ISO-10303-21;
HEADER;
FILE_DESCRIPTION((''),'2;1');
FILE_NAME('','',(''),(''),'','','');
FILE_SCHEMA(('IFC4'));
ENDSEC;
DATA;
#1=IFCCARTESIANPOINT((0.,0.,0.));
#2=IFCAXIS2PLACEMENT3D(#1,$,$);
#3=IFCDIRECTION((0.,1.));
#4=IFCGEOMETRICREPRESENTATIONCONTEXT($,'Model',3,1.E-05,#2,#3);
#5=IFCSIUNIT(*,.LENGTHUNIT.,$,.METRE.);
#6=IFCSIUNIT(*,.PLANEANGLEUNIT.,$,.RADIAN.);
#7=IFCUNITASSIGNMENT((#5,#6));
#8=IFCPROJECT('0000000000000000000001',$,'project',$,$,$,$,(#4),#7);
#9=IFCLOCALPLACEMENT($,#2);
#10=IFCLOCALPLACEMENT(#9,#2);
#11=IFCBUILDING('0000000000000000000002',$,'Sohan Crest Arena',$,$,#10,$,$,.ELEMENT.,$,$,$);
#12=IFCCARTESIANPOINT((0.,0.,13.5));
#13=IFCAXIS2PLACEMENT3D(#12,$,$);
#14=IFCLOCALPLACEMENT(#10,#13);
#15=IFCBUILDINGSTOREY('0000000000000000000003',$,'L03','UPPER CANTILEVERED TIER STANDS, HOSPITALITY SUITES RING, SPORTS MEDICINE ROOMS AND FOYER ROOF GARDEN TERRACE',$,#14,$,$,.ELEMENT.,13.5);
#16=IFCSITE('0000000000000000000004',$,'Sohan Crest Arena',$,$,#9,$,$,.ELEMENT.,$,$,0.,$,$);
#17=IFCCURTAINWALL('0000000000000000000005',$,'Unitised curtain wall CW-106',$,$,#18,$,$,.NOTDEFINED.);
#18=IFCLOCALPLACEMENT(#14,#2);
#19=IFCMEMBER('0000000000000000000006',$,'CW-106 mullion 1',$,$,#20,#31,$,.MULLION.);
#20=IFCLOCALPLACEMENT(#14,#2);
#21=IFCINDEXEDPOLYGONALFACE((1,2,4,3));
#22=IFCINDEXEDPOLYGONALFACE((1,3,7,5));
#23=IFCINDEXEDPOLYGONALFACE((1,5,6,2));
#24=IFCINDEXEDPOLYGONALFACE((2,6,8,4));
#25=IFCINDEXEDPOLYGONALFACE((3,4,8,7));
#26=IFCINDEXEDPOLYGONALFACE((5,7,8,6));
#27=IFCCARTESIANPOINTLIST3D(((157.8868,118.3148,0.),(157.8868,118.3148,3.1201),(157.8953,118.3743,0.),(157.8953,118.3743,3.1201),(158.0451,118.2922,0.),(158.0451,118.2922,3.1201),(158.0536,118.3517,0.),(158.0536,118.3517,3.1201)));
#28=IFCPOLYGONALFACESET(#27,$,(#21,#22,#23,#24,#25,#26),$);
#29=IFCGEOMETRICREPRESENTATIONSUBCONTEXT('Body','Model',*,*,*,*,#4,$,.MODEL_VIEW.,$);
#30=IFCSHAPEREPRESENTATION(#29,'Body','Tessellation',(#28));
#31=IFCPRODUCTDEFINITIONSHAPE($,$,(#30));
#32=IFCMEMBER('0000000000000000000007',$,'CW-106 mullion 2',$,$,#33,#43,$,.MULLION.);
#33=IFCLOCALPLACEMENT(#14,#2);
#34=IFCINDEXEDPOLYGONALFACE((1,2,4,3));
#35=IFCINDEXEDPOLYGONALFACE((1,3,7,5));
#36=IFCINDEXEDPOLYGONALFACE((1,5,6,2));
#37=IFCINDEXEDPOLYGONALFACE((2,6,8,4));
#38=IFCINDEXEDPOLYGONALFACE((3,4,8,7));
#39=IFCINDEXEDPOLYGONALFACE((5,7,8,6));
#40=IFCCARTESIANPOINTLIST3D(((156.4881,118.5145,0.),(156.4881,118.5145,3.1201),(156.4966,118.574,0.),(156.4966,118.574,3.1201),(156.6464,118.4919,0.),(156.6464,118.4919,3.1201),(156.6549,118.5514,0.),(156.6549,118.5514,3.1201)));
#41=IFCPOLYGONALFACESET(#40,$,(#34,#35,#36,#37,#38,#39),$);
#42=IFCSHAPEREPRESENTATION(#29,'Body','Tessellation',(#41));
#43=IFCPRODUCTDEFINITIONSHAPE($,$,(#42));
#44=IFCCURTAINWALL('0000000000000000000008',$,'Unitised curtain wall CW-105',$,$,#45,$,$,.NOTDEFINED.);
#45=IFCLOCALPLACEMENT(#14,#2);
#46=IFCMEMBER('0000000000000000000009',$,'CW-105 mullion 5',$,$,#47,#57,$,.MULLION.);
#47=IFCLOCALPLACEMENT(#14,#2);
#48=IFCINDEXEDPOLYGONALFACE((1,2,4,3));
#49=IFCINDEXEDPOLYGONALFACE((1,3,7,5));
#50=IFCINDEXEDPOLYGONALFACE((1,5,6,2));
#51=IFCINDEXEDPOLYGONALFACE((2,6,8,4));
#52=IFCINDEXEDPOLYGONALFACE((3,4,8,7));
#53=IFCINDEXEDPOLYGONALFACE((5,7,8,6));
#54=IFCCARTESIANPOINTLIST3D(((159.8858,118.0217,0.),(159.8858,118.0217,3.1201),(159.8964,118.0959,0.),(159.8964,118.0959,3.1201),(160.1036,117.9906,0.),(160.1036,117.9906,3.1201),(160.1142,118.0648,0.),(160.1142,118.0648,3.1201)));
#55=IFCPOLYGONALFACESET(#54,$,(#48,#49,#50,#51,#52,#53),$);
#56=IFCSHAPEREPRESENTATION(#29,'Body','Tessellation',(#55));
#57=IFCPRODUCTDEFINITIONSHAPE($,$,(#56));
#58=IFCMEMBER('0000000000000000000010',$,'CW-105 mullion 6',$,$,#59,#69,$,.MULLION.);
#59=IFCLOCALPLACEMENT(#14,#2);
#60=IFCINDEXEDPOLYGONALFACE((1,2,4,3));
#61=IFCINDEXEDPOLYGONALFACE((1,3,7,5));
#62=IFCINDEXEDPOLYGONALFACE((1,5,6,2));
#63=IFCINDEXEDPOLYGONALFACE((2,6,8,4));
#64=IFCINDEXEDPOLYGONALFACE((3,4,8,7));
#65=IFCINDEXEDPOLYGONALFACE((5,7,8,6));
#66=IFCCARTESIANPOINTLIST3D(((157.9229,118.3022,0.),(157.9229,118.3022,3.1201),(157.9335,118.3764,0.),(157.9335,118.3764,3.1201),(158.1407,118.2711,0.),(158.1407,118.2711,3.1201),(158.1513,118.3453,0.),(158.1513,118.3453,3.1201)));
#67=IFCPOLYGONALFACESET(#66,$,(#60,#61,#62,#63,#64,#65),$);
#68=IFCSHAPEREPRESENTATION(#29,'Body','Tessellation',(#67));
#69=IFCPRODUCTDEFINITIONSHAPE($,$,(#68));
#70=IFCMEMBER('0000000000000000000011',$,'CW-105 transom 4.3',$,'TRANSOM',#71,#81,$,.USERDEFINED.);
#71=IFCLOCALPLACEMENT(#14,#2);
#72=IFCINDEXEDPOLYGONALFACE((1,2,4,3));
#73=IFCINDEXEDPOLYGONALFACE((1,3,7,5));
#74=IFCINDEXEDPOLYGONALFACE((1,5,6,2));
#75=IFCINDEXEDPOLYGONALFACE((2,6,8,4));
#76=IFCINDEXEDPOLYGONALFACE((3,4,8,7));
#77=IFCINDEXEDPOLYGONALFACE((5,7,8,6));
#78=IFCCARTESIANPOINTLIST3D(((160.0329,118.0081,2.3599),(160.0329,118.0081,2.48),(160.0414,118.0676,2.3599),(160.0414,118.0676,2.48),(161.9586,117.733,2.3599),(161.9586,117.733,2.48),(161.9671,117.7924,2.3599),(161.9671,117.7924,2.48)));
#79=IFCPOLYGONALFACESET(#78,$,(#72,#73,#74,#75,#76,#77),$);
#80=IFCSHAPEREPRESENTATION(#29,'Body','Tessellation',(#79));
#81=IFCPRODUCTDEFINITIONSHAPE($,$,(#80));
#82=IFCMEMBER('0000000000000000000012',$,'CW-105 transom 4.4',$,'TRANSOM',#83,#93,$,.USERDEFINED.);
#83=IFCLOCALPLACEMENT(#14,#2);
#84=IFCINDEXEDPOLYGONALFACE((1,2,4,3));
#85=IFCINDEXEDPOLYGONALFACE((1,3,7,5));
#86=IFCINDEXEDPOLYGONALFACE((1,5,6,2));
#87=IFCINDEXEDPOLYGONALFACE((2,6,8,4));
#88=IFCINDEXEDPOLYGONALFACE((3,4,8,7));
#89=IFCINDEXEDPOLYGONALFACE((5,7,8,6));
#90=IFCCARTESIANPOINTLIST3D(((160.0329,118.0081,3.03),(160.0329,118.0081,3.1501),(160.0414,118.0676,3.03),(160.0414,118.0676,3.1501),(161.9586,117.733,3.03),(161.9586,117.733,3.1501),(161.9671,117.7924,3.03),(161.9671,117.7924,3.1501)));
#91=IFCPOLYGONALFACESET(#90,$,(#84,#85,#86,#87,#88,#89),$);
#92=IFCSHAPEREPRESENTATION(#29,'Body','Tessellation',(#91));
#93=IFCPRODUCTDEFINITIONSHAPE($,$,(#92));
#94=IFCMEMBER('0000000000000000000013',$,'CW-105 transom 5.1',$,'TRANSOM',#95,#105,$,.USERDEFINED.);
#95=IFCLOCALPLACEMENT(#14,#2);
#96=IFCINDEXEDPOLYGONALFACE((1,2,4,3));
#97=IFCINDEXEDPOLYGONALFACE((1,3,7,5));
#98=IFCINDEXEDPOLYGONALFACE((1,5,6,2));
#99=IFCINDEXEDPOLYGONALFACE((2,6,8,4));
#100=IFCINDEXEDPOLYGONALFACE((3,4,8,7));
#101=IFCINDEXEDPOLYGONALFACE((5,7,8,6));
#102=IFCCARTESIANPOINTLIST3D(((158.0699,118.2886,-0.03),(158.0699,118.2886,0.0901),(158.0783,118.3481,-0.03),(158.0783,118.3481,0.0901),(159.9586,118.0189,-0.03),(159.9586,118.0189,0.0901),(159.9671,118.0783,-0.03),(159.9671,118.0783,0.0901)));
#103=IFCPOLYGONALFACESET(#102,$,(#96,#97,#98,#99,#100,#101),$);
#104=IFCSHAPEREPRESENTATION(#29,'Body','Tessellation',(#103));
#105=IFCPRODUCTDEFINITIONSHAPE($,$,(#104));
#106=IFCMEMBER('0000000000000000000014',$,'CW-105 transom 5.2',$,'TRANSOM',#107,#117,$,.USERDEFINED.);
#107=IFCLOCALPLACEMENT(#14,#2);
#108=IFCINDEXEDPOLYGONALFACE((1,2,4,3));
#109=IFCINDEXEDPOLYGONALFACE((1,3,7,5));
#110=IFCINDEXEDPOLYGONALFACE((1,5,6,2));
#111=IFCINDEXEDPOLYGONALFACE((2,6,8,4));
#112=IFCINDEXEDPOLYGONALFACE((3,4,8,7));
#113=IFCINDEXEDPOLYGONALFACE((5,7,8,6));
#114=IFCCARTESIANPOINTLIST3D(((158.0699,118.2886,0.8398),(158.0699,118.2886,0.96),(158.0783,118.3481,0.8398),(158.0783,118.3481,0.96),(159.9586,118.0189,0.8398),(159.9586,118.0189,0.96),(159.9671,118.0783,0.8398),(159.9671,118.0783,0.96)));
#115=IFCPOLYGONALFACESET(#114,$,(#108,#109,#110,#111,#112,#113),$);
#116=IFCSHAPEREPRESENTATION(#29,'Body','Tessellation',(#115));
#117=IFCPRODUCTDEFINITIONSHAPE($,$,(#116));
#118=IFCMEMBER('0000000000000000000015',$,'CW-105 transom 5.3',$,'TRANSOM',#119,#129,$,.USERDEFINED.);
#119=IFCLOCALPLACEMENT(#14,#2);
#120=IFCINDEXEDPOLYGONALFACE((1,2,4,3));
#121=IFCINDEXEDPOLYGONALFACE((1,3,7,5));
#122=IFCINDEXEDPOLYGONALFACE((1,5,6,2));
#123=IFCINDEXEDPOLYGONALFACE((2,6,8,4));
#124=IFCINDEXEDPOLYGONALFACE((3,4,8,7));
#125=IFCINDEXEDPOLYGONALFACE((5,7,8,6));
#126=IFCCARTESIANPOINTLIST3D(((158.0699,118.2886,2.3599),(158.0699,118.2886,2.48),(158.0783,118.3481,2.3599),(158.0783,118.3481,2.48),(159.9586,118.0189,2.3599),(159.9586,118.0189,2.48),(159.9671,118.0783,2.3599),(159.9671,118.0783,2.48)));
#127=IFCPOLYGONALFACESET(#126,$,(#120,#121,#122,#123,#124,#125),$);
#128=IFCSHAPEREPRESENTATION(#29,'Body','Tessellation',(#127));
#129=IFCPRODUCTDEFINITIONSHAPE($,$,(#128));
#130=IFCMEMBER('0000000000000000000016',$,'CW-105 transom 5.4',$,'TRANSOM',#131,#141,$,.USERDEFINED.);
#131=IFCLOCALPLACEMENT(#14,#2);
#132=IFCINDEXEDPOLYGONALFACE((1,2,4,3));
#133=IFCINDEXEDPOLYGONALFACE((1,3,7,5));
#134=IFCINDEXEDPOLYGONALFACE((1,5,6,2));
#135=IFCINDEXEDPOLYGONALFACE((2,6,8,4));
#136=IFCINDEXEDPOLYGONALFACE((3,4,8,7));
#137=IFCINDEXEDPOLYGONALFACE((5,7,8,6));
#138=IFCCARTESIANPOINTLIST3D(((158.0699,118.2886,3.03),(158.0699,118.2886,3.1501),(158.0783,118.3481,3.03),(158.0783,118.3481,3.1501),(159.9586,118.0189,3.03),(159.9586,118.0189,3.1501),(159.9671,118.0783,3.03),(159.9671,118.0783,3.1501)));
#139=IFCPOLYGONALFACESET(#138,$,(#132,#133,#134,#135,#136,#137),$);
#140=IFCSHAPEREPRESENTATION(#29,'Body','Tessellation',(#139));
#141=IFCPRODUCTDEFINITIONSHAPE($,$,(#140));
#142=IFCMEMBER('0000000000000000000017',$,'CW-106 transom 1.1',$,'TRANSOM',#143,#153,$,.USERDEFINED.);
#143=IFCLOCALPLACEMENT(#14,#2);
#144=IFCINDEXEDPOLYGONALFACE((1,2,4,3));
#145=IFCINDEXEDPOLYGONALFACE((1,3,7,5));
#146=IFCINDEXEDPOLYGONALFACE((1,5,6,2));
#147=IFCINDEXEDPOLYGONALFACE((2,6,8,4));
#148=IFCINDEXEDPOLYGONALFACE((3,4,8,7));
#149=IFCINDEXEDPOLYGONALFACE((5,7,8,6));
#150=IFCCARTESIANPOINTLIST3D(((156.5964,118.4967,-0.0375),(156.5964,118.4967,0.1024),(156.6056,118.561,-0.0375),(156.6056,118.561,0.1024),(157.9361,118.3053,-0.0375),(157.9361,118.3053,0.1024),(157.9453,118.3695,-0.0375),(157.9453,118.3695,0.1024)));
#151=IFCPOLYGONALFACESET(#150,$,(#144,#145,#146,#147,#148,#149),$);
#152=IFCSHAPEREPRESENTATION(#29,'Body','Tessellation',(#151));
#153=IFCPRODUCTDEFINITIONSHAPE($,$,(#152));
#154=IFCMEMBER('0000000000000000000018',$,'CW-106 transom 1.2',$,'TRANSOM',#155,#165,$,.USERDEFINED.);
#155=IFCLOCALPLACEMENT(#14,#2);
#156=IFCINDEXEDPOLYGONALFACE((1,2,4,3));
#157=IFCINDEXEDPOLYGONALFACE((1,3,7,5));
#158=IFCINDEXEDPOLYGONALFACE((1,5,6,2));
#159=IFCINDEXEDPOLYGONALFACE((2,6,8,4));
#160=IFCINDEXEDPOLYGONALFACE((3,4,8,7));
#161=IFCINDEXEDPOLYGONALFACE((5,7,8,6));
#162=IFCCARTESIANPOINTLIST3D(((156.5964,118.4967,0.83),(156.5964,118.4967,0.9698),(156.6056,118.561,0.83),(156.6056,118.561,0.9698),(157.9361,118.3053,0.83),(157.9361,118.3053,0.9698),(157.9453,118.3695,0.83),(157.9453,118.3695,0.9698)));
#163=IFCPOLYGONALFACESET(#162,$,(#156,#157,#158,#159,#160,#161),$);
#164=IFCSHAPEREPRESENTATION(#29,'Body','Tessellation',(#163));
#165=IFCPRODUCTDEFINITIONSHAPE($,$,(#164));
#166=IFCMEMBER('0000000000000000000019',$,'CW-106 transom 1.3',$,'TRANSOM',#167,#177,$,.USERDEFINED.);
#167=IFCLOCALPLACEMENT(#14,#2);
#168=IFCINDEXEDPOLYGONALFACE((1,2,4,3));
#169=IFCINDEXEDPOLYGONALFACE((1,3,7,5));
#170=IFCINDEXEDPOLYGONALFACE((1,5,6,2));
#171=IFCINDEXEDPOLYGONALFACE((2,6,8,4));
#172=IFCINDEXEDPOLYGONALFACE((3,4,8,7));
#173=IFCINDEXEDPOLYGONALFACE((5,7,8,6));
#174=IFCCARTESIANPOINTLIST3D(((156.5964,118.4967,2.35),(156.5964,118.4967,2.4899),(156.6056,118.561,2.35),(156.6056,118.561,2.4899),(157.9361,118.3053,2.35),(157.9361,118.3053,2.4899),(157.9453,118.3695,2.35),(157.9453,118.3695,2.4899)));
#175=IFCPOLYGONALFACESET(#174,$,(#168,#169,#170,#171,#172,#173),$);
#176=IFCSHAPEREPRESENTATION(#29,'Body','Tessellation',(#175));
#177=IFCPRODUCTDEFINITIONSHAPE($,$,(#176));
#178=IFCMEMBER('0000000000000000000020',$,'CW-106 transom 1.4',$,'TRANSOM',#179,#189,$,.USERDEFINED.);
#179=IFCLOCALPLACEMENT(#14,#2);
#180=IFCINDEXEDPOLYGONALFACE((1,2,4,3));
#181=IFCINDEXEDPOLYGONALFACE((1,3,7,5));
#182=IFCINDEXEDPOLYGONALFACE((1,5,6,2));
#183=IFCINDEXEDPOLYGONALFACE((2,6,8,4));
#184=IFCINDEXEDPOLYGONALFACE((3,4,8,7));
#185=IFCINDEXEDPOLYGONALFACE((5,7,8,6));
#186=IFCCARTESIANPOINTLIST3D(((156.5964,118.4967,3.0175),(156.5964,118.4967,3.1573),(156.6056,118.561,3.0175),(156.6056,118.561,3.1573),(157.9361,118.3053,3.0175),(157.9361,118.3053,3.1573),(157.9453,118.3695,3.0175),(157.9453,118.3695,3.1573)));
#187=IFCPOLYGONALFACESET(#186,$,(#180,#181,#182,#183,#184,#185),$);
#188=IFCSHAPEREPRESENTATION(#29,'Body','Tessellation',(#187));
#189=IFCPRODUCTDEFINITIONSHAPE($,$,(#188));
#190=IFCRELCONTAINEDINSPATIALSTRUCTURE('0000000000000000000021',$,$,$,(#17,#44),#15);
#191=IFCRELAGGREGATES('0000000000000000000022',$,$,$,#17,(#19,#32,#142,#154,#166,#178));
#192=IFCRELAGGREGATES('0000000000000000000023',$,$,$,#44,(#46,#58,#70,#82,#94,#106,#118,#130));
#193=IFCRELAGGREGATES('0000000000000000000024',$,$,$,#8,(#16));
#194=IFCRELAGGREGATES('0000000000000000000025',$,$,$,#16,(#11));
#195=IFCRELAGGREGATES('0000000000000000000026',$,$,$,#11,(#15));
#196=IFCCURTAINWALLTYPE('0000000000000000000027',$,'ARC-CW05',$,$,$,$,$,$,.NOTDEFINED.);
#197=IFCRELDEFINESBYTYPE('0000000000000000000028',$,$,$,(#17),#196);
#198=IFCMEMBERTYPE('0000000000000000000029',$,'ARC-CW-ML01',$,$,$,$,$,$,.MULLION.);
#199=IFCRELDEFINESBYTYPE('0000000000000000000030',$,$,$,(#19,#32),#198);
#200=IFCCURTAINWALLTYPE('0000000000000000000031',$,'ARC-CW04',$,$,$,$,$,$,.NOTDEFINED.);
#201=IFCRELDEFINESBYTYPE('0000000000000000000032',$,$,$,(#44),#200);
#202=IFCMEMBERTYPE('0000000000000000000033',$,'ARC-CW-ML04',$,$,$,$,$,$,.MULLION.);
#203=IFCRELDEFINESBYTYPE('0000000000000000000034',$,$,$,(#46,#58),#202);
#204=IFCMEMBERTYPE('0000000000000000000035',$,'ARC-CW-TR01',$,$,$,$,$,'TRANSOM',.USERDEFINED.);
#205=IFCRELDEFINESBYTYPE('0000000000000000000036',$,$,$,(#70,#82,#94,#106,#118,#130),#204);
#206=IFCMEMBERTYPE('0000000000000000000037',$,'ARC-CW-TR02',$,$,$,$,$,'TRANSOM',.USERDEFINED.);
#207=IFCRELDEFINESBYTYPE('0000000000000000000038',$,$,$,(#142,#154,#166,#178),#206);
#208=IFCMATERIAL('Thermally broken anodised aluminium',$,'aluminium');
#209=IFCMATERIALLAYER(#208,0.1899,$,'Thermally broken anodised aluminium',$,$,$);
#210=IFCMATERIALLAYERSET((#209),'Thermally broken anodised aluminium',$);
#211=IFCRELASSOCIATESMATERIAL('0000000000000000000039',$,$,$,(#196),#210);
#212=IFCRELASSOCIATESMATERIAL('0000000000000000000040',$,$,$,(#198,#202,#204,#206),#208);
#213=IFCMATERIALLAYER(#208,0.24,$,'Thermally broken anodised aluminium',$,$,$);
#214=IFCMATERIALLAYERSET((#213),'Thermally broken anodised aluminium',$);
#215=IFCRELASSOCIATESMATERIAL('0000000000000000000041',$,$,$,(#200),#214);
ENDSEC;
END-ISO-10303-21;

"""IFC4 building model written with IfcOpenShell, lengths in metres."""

from ifc_helpers import new_model, si_unit, direction, frame, origin, origin_2d, place, context, subcontext, project, spatial, rectangle, extrude, material, layer, layer_set, material_profile, profile_set, type_object, element, aggregate, save


model = new_model("IFC4")

# Units and contexts
model_context = context("Model", 3, precision=1e-05, world=origin(), true_north=direction((0.0, 1.0)))
body_context = subcontext(model_context, "Body", "Model", "MODEL_VIEW")
ifc_project = project(units=[si_unit("LENGTHUNIT", "METRE"), si_unit("PLANEANGLEUNIT", "RADIAN")], contexts=[model_context])

# Site, building, storey
site_placement = place(None, origin())
site = spatial("IfcSite", under=ifc_project, at=site_placement, Name="Sohan Crest Arena", CompositionType="ELEMENT", RefElevation=0.0)
building_placement = place(site_placement, origin())
building = spatial("IfcBuilding", under=site, at=building_placement, Name="Sohan Crest Arena", CompositionType="ELEMENT")
storey_placement = place(building_placement, frame((0.0, 0.0, 13.5)))
storey = spatial("IfcBuildingStorey", under=building, at=storey_placement, Name="L03", Description="UPPER CANTILEVERED TIER STANDS, HOSPITALITY SUITES RING, SPORTS MEDICINE ROOMS AND FOYER ROOF GARDEN TERRACE", CompositionType="ELEMENT", Elevation=13.5)

# Curtain walls, members
ifc_material_1 = material(Name="Thermally broken anodised aluminium", Category="aluminium")
ifc_layer_1 = layer(ifc_material_1, 0.1899, Name="Thermally broken anodised aluminium")
ifc_layer_set_1 = layer_set([ifc_layer_1], Name="Thermally broken anodised aluminium")
curtain_wall_type_1 = type_object("IfcCurtainWallType", Name="ARC-CW05", PredefinedType="NOTDEFINED", material=ifc_layer_set_1)
curtain_wall_1_placement = place(storey_placement, origin())
curtain_wall_1 = element("IfcCurtainWall", 1, at=curtain_wall_1_placement, inside=storey, type_object=curtain_wall_type_1, Name="Unitised curtain wall CW-106", PredefinedType="NOTDEFINED")
ifc_material_profile_1 = material_profile(ifc_material_1, rectangle(XDim=0.0601, YDim=0.1599, at=origin_2d()), Name="ALU-MULL 60x160")
ifc_profile_set_1 = profile_set([ifc_material_profile_1], Name="Thermally broken anodised aluminium")
member_type_1 = type_object("IfcMemberType", Name="ARC-CW-ML01", PredefinedType="MULLION", material=ifc_profile_set_1)
member_1_placement = place(storey_placement, frame((157.9702, 118.3333, 0.0), z_axis=(0.0, 0.0, 1.0), x_axis=(-0.141366, -0.989957, 0.0)))
member_1 = element("IfcMember", 2, at=member_1_placement, type_object=member_type_1, Name="CW-106 mullion 1", PredefinedType="MULLION", context=body_context, shape_type="SweptSolid", body=[
    extrude(rectangle(XDim=0.0601, YDim=0.1599, at=origin_2d()), origin(), (0.0, 0.0, 1.0), 3.1201),
])
member_2_placement = place(storey_placement, frame((156.5715, 118.533, 0.0), z_axis=(0.0, 0.0, 1.0), x_axis=(-0.141366, -0.989957, 0.0)))
member_2 = element("IfcMember", 3, at=member_2_placement, type_object=member_type_1, Name="CW-106 mullion 2", PredefinedType="MULLION", context=body_context, shape_type="SweptSolid", body=[
    extrude(rectangle(XDim=0.0601, YDim=0.1599, at=origin_2d()), origin(), (0.0, 0.0, 1.0), 3.1201),
])
ifc_layer_2 = layer(ifc_material_1, 0.24, Name="Thermally broken anodised aluminium")
ifc_layer_set_2 = layer_set([ifc_layer_2], Name="Thermally broken anodised aluminium")
curtain_wall_type_2 = type_object("IfcCurtainWallType", Name="ARC-CW04", PredefinedType="NOTDEFINED", material=ifc_layer_set_2)
curtain_wall_2_placement = place(storey_placement, origin())
curtain_wall_2 = element("IfcCurtainWall", 4, at=curtain_wall_2_placement, inside=storey, type_object=curtain_wall_type_2, Name="Unitised curtain wall CW-105", PredefinedType="NOTDEFINED")
ifc_material_profile_2 = material_profile(ifc_material_1, rectangle(XDim=0.075, YDim=0.22, at=origin_2d()), Name="ALU-MULL 75x220")
ifc_profile_set_2 = profile_set([ifc_material_profile_2], Name="Thermally broken anodised aluminium")
member_type_2 = type_object("IfcMemberType", Name="ARC-CW-ML04", PredefinedType="MULLION", material=ifc_profile_set_2)
member_3_placement = place(storey_placement, frame((160.0, 118.0432, 0.0), z_axis=(0.0, 0.0, 1.0), x_axis=(-0.141463, -0.989944, 0.0)))
member_3 = element("IfcMember", 5, at=member_3_placement, type_object=member_type_2, Name="CW-105 mullion 5", PredefinedType="MULLION", context=body_context, shape_type="SweptSolid", body=[
    extrude(rectangle(XDim=0.075, YDim=0.22, at=origin_2d()), origin(), (0.0, 0.0, 1.0), 3.1201),
])
member_4_placement = place(storey_placement, frame((158.0371, 118.3237, 0.0), z_axis=(0.0, 0.0, 1.0), x_axis=(-0.141463, -0.989944, 0.0)))
member_4 = element("IfcMember", 6, at=member_4_placement, type_object=member_type_2, Name="CW-105 mullion 6", PredefinedType="MULLION", context=body_context, shape_type="SweptSolid", body=[
    extrude(rectangle(XDim=0.075, YDim=0.22, at=origin_2d()), origin(), (0.0, 0.0, 1.0), 3.1201),
])
ifc_material_profile_3 = material_profile(ifc_material_1, rectangle(XDim=0.0601, YDim=0.1201, at=origin_2d()), Name="ALU-TRAN 60x120")
ifc_profile_set_3 = profile_set([ifc_material_profile_3], Name="Thermally broken anodised aluminium")
member_type_3 = type_object("IfcMemberType", Name="ARC-CW-TR01", ElementType="TRANSOM", PredefinedType="USERDEFINED", material=ifc_profile_set_3)
member_5_placement = place(storey_placement, frame((161.9629, 117.7627, 2.4199), z_axis=(-0.989947, 0.141439, 0.0), x_axis=(-0.141439, -0.989947, 0.0)))
member_5 = element("IfcMember", 7, at=member_5_placement, type_object=member_type_3, Name="CW-105 transom 4.3", ObjectType="TRANSOM", PredefinedType="USERDEFINED", context=body_context, shape_type="SweptSolid", body=[
    extrude(rectangle(XDim=0.0601, YDim=0.1201, at=origin_2d()), origin(), (0.0, 0.0, 1.0), 1.9453),
])
member_6_placement = place(storey_placement, frame((161.9629, 117.7627, 3.0901), z_axis=(-0.989947, 0.141439, 0.0), x_axis=(-0.141439, -0.989947, 0.0)))
member_6 = element("IfcMember", 8, at=member_6_placement, type_object=member_type_3, Name="CW-105 transom 4.4", ObjectType="TRANSOM", PredefinedType="USERDEFINED", context=body_context, shape_type="SweptSolid", body=[
    extrude(rectangle(XDim=0.0601, YDim=0.1201, at=origin_2d()), origin(), (0.0, 0.0, 1.0), 1.9453),
])
member_7_placement = place(storey_placement, frame((159.9629, 118.0486, 0.03), z_axis=(-0.989952, 0.141403, 0.0), x_axis=(-0.141403, -0.989952, 0.0)))
member_7 = element("IfcMember", 9, at=member_7_placement, type_object=member_type_3, Name="CW-105 transom 5.1", ObjectType="TRANSOM", PredefinedType="USERDEFINED", context=body_context, shape_type="SweptSolid", body=[
    extrude(rectangle(XDim=0.0601, YDim=0.1201, at=origin_2d()), origin(), (0.0, 0.0, 1.0), 1.908),
])
member_8_placement = place(storey_placement, frame((159.9629, 118.0486, 0.8999), z_axis=(-0.989952, 0.141403, 0.0), x_axis=(-0.141403, -0.989952, 0.0)))
member_8 = element("IfcMember", 10, at=member_8_placement, type_object=member_type_3, Name="CW-105 transom 5.2", ObjectType="TRANSOM", PredefinedType="USERDEFINED", context=body_context, shape_type="SweptSolid", body=[
    extrude(rectangle(XDim=0.0601, YDim=0.1201, at=origin_2d()), origin(), (0.0, 0.0, 1.0), 1.908),
])
member_9_placement = place(storey_placement, frame((159.9629, 118.0486, 2.4199), z_axis=(-0.989952, 0.141403, 0.0), x_axis=(-0.141403, -0.989952, 0.0)))
member_9 = element("IfcMember", 11, at=member_9_placement, type_object=member_type_3, Name="CW-105 transom 5.3", ObjectType="TRANSOM", PredefinedType="USERDEFINED", context=body_context, shape_type="SweptSolid", body=[
    extrude(rectangle(XDim=0.0601, YDim=0.1201, at=origin_2d()), origin(), (0.0, 0.0, 1.0), 1.908),
])
member_10_placement = place(storey_placement, frame((159.9629, 118.0486, 3.0901), z_axis=(-0.989952, 0.141403, 0.0), x_axis=(-0.141403, -0.989952, 0.0)))
member_10 = element("IfcMember", 12, at=member_10_placement, type_object=member_type_3, Name="CW-105 transom 5.4", ObjectType="TRANSOM", PredefinedType="USERDEFINED", context=body_context, shape_type="SweptSolid", body=[
    extrude(rectangle(XDim=0.0601, YDim=0.1201, at=origin_2d()), origin(), (0.0, 0.0, 1.0), 1.908),
])

# Members
ifc_material_profile_4 = material_profile(ifc_material_1, rectangle(XDim=0.0649, YDim=0.1399, at=origin_2d()), Name="ALU-TRAN 65x140")
ifc_profile_set_4 = profile_set([ifc_material_profile_4], Name="Thermally broken anodised aluminium")
member_type_4 = type_object("IfcMemberType", Name="ARC-CW-TR02", ElementType="TRANSOM", PredefinedType="USERDEFINED", material=ifc_profile_set_4)
member_11_placement = place(storey_placement, frame((157.9407, 118.3374, 0.0325), z_axis=(-0.989946, 0.141447, 0.0), x_axis=(-0.141447, -0.989946, 0.0)))
member_11 = element("IfcMember", 13, at=member_11_placement, type_object=member_type_4, Name="CW-106 transom 1.1", ObjectType="TRANSOM", PredefinedType="USERDEFINED", context=body_context, shape_type="SweptSolid", body=[
    extrude(rectangle(XDim=0.0649, YDim=0.1399, at=origin_2d()), origin(), (0.0, 0.0, 1.0), 1.3533),
])
member_12_placement = place(storey_placement, frame((157.9407, 118.3374, 0.8999), z_axis=(-0.989946, 0.141447, 0.0), x_axis=(-0.141447, -0.989946, 0.0)))
member_12 = element("IfcMember", 14, at=member_12_placement, type_object=member_type_4, Name="CW-106 transom 1.2", ObjectType="TRANSOM", PredefinedType="USERDEFINED", context=body_context, shape_type="SweptSolid", body=[
    extrude(rectangle(XDim=0.0649, YDim=0.1399, at=origin_2d()), origin(), (0.0, 0.0, 1.0), 1.3533),
])
member_13_placement = place(storey_placement, frame((157.9407, 118.3374, 2.4199), z_axis=(-0.989946, 0.141447, 0.0), x_axis=(-0.141447, -0.989946, 0.0)))
member_13 = element("IfcMember", 15, at=member_13_placement, type_object=member_type_4, Name="CW-106 transom 1.3", ObjectType="TRANSOM", PredefinedType="USERDEFINED", context=body_context, shape_type="SweptSolid", body=[
    extrude(rectangle(XDim=0.0649, YDim=0.1399, at=origin_2d()), origin(), (0.0, 0.0, 1.0), 1.3533),
])
member_14_placement = place(storey_placement, frame((157.9407, 118.3374, 3.0874), z_axis=(-0.989946, 0.141447, 0.0), x_axis=(-0.141447, -0.989946, 0.0)))
member_14 = element("IfcMember", 16, at=member_14_placement, type_object=member_type_4, Name="CW-106 transom 1.4", ObjectType="TRANSOM", PredefinedType="USERDEFINED", context=body_context, shape_type="SweptSolid", body=[
    extrude(rectangle(XDim=0.0649, YDim=0.1399, at=origin_2d()), origin(), (0.0, 0.0, 1.0), 1.3533),
])

aggregate(curtain_wall_1, [member_1, member_2, member_11, member_12, member_13, member_14])
aggregate(curtain_wall_2, [member_3, member_4, member_5, member_6, member_7, member_8, member_9, member_10])

save(model, "model.ifc")
